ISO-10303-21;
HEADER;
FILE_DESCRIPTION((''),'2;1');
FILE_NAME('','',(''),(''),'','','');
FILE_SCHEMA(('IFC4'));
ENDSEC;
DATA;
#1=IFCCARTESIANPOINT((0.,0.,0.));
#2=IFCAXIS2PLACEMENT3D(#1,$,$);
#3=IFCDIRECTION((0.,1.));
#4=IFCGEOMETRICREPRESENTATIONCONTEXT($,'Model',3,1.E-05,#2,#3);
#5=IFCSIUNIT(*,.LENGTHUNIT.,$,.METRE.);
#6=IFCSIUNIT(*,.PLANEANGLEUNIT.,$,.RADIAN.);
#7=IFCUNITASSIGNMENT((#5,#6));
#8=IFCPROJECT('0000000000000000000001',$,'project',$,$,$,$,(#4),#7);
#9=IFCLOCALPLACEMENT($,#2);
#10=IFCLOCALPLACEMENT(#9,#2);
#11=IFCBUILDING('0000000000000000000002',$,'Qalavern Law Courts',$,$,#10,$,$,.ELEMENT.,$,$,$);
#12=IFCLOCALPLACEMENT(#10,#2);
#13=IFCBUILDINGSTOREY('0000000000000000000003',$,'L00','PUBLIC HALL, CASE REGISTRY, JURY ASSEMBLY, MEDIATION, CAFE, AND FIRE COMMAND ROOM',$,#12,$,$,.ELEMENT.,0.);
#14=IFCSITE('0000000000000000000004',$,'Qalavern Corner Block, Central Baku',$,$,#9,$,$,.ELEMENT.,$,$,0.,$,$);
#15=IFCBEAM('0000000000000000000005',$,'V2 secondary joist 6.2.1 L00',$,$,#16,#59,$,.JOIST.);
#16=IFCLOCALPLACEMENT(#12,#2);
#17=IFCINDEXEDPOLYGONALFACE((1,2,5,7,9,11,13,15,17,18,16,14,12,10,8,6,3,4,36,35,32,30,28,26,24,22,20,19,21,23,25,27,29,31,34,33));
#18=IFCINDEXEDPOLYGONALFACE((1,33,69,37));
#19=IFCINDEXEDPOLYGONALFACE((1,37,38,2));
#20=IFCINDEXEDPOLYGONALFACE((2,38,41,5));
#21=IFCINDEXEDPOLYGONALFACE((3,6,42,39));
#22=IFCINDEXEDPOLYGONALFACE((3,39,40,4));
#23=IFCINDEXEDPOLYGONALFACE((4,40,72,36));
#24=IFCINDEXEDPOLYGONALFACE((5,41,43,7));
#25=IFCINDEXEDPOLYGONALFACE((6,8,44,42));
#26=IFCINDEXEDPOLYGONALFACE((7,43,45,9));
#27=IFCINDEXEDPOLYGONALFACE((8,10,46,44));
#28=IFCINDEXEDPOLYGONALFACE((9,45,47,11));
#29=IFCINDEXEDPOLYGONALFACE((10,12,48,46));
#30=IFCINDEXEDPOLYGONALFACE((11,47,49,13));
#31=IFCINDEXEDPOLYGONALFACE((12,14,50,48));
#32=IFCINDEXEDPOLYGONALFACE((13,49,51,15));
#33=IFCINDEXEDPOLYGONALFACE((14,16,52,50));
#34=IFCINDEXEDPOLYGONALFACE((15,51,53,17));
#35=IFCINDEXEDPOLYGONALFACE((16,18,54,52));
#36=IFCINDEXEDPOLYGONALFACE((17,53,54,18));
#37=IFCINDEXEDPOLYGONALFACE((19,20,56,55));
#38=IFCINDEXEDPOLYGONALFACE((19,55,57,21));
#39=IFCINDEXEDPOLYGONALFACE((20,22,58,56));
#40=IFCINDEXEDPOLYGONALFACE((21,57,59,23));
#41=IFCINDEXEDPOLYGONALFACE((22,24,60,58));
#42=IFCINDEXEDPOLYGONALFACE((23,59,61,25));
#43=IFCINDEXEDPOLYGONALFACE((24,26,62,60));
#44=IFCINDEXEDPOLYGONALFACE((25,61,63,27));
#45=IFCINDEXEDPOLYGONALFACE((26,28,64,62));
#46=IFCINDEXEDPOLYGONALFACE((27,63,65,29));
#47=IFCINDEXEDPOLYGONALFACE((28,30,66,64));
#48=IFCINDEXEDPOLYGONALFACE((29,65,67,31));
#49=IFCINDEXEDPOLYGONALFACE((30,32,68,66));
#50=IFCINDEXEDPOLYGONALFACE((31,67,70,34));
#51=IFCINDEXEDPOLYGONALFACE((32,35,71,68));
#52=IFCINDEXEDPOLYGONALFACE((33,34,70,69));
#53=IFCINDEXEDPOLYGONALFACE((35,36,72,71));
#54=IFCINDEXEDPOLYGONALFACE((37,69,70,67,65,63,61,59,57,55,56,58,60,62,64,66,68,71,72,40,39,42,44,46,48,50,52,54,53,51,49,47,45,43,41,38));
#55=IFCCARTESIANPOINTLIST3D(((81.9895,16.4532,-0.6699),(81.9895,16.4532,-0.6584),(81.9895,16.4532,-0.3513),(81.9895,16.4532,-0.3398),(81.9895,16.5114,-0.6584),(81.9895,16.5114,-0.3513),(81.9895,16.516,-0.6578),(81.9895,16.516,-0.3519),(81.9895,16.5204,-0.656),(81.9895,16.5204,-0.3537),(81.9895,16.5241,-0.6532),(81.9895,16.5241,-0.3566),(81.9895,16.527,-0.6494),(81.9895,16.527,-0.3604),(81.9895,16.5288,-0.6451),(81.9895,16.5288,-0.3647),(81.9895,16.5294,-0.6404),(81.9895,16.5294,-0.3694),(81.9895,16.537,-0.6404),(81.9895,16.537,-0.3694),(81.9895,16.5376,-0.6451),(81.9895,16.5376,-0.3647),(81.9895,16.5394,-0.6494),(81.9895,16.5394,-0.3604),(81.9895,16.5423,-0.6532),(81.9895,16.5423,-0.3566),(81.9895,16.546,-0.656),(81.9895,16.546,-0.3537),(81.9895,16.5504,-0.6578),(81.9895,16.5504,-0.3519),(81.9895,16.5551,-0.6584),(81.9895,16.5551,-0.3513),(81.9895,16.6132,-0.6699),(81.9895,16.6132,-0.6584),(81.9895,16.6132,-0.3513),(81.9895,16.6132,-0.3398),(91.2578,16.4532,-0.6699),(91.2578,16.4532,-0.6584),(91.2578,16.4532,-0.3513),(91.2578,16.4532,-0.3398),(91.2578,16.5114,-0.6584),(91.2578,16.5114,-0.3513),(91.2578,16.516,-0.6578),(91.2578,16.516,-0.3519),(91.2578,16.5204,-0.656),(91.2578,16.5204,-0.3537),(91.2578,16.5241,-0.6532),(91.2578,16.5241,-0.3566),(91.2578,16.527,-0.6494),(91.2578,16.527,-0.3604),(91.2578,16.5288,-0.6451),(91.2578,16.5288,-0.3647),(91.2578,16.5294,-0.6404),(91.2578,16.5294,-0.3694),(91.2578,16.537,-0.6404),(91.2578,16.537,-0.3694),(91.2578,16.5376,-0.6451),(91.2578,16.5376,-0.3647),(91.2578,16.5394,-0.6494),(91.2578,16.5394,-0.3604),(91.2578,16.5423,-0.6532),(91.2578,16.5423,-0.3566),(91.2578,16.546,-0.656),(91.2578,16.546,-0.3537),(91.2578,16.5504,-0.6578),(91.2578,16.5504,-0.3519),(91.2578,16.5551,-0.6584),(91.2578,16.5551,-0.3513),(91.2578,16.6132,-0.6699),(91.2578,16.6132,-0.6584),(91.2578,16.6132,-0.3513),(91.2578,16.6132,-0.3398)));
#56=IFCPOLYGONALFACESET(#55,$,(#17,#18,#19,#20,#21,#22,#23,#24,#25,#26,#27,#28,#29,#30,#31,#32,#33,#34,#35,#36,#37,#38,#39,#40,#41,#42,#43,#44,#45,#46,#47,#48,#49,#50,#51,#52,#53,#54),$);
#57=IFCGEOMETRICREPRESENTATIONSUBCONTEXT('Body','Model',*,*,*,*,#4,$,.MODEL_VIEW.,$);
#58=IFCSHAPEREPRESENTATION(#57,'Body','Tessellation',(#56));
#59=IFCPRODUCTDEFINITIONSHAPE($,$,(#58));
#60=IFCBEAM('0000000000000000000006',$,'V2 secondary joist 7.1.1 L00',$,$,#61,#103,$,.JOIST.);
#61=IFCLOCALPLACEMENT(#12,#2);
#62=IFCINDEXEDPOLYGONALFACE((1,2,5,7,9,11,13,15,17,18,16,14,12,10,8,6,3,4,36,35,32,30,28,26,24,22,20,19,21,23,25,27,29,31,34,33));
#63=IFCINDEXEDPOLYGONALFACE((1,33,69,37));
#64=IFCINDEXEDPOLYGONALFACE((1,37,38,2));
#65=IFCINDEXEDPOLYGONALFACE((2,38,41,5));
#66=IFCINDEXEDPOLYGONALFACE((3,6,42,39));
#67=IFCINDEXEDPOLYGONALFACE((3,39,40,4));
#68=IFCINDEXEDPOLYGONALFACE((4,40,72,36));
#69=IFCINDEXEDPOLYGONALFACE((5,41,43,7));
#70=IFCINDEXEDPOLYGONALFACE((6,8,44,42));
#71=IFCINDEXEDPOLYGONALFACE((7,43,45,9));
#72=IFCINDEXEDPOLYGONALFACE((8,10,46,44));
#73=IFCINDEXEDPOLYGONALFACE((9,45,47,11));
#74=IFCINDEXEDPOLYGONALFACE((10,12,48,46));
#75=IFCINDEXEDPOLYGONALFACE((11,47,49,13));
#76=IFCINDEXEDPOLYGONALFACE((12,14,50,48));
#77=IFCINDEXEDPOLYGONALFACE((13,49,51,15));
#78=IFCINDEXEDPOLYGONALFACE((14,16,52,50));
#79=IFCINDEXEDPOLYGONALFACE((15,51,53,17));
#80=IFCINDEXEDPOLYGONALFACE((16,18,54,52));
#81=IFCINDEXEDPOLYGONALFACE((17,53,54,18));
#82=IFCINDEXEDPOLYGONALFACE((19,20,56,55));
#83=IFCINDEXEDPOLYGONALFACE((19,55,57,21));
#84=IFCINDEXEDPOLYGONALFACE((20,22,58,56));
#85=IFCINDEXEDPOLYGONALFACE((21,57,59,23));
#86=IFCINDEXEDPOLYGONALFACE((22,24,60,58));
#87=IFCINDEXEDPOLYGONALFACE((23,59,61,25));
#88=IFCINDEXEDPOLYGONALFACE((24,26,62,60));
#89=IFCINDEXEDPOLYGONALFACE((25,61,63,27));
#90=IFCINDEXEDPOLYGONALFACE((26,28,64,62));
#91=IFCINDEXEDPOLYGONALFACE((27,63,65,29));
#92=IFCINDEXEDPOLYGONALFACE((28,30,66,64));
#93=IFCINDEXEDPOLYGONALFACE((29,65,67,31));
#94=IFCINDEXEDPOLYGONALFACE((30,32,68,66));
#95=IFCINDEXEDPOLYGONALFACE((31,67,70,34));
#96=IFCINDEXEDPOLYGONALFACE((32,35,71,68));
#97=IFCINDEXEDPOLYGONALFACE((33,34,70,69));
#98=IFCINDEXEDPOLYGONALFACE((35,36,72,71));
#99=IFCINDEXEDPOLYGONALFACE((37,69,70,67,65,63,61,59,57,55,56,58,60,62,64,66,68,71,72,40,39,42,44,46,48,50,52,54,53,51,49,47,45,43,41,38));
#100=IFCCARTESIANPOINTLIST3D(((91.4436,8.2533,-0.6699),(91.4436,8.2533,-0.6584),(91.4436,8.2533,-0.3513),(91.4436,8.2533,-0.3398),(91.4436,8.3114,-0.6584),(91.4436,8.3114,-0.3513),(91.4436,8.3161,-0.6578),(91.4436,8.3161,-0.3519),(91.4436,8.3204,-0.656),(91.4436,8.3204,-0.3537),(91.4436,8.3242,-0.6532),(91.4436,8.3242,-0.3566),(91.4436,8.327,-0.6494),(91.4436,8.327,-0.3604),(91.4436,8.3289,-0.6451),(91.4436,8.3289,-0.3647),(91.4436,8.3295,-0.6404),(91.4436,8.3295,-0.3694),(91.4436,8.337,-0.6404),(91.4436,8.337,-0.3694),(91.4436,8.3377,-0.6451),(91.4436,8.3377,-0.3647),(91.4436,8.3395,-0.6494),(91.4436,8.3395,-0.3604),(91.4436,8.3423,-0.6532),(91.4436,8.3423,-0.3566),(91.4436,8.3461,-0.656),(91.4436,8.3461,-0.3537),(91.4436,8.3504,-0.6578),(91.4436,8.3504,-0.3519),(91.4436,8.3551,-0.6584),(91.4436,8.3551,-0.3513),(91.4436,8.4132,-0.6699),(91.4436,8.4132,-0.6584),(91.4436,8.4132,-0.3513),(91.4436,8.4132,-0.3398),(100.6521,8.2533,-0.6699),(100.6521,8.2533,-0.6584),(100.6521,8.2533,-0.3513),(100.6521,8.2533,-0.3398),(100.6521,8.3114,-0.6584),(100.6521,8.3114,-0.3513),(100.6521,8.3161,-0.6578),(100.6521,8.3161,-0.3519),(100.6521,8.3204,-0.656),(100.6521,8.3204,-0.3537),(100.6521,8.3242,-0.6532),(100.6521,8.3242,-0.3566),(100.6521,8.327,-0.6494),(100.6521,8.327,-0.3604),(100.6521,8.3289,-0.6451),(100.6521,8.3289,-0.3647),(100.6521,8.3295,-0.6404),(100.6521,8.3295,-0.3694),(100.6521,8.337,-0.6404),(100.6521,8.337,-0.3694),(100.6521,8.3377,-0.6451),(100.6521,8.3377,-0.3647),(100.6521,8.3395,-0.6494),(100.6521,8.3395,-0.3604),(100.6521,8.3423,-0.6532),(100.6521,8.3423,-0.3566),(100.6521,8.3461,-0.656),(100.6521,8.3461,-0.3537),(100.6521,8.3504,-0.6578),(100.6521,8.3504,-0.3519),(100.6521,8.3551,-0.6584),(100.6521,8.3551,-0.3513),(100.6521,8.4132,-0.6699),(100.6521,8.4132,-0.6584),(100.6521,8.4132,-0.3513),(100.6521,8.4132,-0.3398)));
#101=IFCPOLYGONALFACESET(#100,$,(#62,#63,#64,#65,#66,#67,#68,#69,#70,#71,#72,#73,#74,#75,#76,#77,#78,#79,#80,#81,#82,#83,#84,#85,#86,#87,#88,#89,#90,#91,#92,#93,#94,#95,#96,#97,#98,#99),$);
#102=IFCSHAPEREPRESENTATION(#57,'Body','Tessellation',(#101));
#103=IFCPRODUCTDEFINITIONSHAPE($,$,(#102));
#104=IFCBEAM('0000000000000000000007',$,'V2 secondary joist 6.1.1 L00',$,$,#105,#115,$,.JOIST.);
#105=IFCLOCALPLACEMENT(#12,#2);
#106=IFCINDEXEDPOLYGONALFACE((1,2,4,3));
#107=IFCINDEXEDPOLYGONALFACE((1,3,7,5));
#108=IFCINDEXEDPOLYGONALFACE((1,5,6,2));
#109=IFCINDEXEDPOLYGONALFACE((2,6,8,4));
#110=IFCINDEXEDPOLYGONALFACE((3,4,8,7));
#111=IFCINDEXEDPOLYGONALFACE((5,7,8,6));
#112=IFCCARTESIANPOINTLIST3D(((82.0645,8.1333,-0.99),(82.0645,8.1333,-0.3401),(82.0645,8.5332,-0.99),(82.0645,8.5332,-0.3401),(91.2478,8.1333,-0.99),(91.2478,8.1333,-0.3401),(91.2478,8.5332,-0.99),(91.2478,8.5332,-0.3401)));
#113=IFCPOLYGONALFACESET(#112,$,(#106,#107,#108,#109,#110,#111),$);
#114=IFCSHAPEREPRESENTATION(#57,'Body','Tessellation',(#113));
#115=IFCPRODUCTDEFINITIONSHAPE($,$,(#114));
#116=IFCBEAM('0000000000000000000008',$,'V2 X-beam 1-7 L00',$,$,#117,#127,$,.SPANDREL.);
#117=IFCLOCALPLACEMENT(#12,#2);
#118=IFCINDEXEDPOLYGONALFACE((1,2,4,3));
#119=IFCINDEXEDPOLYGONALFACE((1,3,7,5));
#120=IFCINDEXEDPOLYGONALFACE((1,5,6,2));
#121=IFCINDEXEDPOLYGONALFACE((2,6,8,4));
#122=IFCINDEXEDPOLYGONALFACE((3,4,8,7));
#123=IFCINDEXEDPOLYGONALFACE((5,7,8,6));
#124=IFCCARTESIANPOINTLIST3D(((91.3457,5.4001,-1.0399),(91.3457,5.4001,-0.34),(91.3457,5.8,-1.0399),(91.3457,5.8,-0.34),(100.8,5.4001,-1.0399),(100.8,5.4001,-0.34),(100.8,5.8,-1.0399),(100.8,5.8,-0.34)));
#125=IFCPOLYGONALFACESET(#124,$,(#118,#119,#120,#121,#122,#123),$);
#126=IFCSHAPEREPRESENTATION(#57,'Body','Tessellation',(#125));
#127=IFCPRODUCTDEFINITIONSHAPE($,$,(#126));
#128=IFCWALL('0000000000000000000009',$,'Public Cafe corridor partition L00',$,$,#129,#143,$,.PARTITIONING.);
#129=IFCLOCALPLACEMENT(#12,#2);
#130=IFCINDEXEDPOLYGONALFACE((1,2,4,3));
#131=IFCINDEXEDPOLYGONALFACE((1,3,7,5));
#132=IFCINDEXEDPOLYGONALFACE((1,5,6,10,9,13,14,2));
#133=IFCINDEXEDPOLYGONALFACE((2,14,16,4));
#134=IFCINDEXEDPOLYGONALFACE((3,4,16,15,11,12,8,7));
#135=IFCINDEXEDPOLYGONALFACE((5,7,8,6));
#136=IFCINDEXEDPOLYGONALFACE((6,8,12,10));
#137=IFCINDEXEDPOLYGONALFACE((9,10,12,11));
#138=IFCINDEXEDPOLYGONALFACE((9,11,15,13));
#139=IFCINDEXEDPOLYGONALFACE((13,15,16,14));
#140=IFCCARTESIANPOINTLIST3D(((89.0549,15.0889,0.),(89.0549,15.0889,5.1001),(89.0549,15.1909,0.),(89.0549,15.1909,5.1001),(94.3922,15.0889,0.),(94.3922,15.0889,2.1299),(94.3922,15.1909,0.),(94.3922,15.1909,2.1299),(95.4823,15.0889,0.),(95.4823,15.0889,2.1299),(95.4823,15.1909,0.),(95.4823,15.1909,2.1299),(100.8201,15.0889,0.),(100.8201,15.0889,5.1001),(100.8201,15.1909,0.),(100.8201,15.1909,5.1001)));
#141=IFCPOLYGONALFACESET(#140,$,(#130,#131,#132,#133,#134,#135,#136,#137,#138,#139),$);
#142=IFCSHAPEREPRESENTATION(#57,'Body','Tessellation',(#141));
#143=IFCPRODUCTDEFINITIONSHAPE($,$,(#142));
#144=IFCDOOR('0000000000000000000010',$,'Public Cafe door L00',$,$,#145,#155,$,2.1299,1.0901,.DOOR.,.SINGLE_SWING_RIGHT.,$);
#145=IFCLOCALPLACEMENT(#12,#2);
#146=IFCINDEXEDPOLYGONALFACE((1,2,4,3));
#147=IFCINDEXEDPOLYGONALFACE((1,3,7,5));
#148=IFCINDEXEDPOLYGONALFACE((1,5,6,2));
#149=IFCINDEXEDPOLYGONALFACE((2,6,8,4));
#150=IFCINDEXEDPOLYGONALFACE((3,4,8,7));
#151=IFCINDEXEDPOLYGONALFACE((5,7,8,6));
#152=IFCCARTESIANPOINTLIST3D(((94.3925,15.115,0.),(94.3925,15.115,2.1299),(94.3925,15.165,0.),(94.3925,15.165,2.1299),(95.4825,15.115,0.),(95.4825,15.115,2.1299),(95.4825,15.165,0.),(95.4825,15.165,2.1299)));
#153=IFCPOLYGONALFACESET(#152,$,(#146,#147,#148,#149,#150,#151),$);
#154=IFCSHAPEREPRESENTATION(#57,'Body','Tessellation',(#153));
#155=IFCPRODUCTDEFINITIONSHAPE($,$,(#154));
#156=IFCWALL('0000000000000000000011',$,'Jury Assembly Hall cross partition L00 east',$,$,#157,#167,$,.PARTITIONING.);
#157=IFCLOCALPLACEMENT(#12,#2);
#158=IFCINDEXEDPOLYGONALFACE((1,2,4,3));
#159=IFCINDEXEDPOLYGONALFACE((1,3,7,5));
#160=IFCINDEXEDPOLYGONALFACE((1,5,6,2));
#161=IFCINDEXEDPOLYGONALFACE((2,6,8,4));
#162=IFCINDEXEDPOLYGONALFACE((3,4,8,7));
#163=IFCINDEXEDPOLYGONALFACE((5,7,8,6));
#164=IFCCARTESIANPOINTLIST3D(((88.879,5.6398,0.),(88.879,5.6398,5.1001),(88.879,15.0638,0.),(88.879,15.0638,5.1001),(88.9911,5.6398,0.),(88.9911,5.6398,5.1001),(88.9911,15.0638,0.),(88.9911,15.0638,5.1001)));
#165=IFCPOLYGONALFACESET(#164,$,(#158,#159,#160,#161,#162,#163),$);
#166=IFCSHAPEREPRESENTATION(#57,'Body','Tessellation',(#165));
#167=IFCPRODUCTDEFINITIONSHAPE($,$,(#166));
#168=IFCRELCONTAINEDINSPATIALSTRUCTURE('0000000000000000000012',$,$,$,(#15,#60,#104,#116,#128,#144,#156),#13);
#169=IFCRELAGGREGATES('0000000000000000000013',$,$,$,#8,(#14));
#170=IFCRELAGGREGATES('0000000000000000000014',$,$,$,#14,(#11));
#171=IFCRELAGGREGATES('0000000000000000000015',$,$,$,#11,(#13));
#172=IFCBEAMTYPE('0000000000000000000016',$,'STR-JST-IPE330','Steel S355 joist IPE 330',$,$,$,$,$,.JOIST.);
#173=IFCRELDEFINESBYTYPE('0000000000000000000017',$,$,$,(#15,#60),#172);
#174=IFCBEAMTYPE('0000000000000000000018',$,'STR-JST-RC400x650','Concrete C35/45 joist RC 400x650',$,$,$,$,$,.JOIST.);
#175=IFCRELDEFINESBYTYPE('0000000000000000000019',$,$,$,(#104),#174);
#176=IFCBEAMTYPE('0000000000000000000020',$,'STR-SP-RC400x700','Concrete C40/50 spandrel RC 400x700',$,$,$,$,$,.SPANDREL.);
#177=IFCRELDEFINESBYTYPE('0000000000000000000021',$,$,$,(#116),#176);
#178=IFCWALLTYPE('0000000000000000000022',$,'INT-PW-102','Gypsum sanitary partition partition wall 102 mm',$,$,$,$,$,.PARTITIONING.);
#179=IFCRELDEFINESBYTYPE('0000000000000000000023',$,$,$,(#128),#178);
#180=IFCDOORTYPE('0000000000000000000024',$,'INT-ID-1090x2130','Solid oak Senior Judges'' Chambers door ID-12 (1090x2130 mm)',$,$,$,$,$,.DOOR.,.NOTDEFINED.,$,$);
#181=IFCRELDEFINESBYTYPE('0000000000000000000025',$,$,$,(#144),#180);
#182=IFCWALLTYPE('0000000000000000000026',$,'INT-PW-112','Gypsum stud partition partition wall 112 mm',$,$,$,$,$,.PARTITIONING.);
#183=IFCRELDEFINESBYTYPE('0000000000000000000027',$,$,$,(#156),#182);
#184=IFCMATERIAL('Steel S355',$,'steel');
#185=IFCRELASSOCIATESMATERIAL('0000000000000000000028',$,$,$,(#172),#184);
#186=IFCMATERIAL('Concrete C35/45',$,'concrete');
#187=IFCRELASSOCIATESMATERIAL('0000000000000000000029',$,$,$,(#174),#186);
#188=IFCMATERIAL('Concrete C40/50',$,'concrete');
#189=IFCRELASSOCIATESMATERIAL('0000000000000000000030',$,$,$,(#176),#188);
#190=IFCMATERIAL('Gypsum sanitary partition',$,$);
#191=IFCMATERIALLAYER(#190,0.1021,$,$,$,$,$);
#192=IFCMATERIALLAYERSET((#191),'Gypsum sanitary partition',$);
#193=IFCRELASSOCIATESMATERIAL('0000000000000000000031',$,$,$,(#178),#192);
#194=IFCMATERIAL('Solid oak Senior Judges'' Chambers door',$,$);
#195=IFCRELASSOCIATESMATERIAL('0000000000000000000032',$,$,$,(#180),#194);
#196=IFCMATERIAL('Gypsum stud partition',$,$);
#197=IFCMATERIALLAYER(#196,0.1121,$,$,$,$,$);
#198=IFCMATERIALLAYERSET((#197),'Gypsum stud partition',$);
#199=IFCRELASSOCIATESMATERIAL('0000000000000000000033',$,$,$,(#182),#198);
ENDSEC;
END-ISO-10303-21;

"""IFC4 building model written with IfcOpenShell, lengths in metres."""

from ifc_helpers import new_model, si_unit, direction, frame, frame_2d, origin, origin_2d, place, context, subcontext, project, spatial, rectangle, i_section, extrude, material, layer, layer_set, material_profile, profile_set, type_object, element, fill, save


model = new_model("IFC4")

# Units and contexts
model_context = context("Model", 3, precision=1e-05, world=origin(), true_north=direction((0.0, 1.0)))
body_context = subcontext(model_context, "Body", "Model", "MODEL_VIEW")
ifc_project = project(units=[si_unit("LENGTHUNIT", "METRE"), si_unit("PLANEANGLEUNIT", "RADIAN")], contexts=[model_context])

# Site, building, storey
site_placement = place(None, origin())
site = spatial("IfcSite", under=ifc_project, at=site_placement, Name="Qalavern Corner Block, Central Baku", CompositionType="ELEMENT", RefElevation=0.0)
building_placement = place(site_placement, origin())
building = spatial("IfcBuilding", under=site, at=building_placement, Name="Qalavern Law Courts", CompositionType="ELEMENT")
storey_placement = place(building_placement, origin())
storey = spatial("IfcBuildingStorey", under=building, at=storey_placement, Name="L00", Description="PUBLIC HALL, CASE REGISTRY, JURY ASSEMBLY, MEDIATION, CAFE, AND FIRE COMMAND ROOM", CompositionType="ELEMENT", Elevation=0.0)

# Beams
ifc_material_1 = material(Name="Steel S355", Category="steel")
ifc_material_2 = material(Name="Concrete C40/50", Category="concrete")
ifc_material_profile_1 = material_profile(ifc_material_1, i_section(OverallWidth=0.1599, OverallDepth=0.3301, WebThickness=0.0076, FlangeThickness=0.0115, FilletRadius=0.0181, at=origin_2d()), Name="IPE 330")
ifc_profile_set_1 = profile_set([ifc_material_profile_1], Name="Steel S355")
beam_type_1 = type_object("IfcBeamType", Name="STR-JST-IPE330", Description="Steel S355 joist IPE 330", PredefinedType="JOIST", material=ifc_profile_set_1)
beam_1_placement = place(storey_placement, frame((81.9895, 16.5332, -0.5049), z_axis=(1.0, 0.0, 0.0), x_axis=(0.0, 1.0, 0.0)))
element("IfcBeam", 1, at=beam_1_placement, inside=storey, type_object=beam_type_1, Name="V2 secondary joist 6.2.1 L00", PredefinedType="JOIST", context=body_context, shape_type="SweptSolid", body=[
    extrude(i_section(OverallWidth=0.1599, OverallDepth=0.3301, WebThickness=0.0076, FlangeThickness=0.0115, FilletRadius=0.0181, at=origin_2d()), origin(), (0.0, 0.0, 1.0), 9.2683),
])
beam_2_placement = place(storey_placement, frame((91.4436, 8.3333, -0.5049), z_axis=(1.0, 0.0, 0.0), x_axis=(0.0, 1.0, 0.0)))
element("IfcBeam", 2, at=beam_2_placement, inside=storey, type_object=beam_type_1, Name="V2 secondary joist 7.1.1 L00", PredefinedType="JOIST", context=body_context, shape_type="SweptSolid", body=[
    extrude(i_section(OverallWidth=0.1599, OverallDepth=0.3301, WebThickness=0.0076, FlangeThickness=0.0115, FilletRadius=0.0181, at=origin_2d()), origin(), (0.0, 0.0, 1.0), 9.2085),
])
ifc_material_3 = material(Name="Concrete C35/45", Category="concrete")
ifc_material_profile_2 = material_profile(ifc_material_3, rectangle(XDim=0.3999, YDim=0.6499, at=origin_2d()), Name="RC 400x650")
ifc_profile_set_2 = profile_set([ifc_material_profile_2], Name="Concrete C35/45")
beam_type_2 = type_object("IfcBeamType", Name="STR-JST-RC400x650", Description="Concrete C35/45 joist RC 400x650", PredefinedType="JOIST", material=ifc_profile_set_2)
beam_3_placement = place(storey_placement, frame((82.0645, 8.3333, -0.665), z_axis=(1.0, 0.0, 0.0), x_axis=(0.0, 1.0, 0.0)))
element("IfcBeam", 3, at=beam_3_placement, inside=storey, type_object=beam_type_2, Name="V2 secondary joist 6.1.1 L00", PredefinedType="JOIST", context=body_context, shape_type="SweptSolid", body=[
    extrude(rectangle(XDim=0.3999, YDim=0.6499, at=origin_2d()), origin(), (0.0, 0.0, 1.0), 9.1833),
])
ifc_material_profile_3 = material_profile(ifc_material_2, rectangle(XDim=0.3999, YDim=0.7, at=origin_2d()), Name="RC 400x700")
ifc_profile_set_3 = profile_set([ifc_material_profile_3], Name="Concrete C40/50")
beam_type_3 = type_object("IfcBeamType", Name="STR-SP-RC400x700", Description="Concrete C40/50 spandrel RC 400x700", PredefinedType="SPANDREL", material=ifc_profile_set_3)
beam_4_placement = place(storey_placement, frame((91.3457, 5.6001, -0.6899), z_axis=(1.0, 0.0, 0.0), x_axis=(0.0, 1.0, 0.0)))
element("IfcBeam", 4, at=beam_4_placement, inside=storey, type_object=beam_type_3, Name="V2 X-beam 1-7 L00", PredefinedType="SPANDREL", context=body_context, shape_type="SweptSolid", body=[
    extrude(rectangle(XDim=0.3999, YDim=0.7, at=origin_2d()), origin(), (0.0, 0.0, 1.0), 9.4543),
])

# Wall, opening, door
ifc_material_4 = material(Name="Gypsum sanitary partition")
ifc_layer_1 = layer(ifc_material_4, 0.1021)
ifc_layer_set_1 = layer_set([ifc_layer_1], Name="Gypsum sanitary partition")
wall_type_1 = type_object("IfcWallType", Name="INT-PW-102", Description="Gypsum sanitary partition partition wall 102 mm", PredefinedType="PARTITIONING", material=ifc_layer_set_1)
wall_1_placement = place(storey_placement, frame((89.0549, 15.1399, 0.0), z_axis=(0.0, 0.0, 1.0), x_axis=(1.0, 0.0, 0.0)))
wall_1 = element("IfcWall", 5, at=wall_1_placement, inside=storey, type_object=wall_type_1, Name="Public Cafe corridor partition L00", PredefinedType="PARTITIONING", context=body_context, shape_type="SweptSolid", body=[
    extrude(rectangle(XDim=11.7651, YDim=0.1021, at=frame_2d((5.8826, 0.0))), origin(), (0.0, 0.0, 1.0), 5.1001),
])
opening_placement = place(wall_1_placement, frame((5.3374, 0.0, 0.0)))
opening = element("IfcOpeningElement", 6, at=opening_placement, cuts=wall_1, PredefinedType="OPENING", context=body_context, shape_type="SweptSolid", body=[
    extrude(rectangle(XDim=1.0901, YDim=2.1299, at=frame_2d((0.5449, 1.0649))), frame((0.0, 0.0659, 0.0), z_axis=(0.0, -1.0, 0.0), x_axis=(1.0, 0.0, 0.0)), (0.0, 0.0, 1.0), 0.1318),
])
ifc_material_5 = material(Name="Solid oak Senior Judges' Chambers door")
door_type = type_object("IfcDoorType", Name="INT-ID-1090x2130", Description="Solid oak Senior Judges' Chambers door ID-12 (1090x2130 mm)", OperationType="NOTDEFINED", PredefinedType="DOOR", material=ifc_material_5)
door_placement = place(opening_placement, frame((1.0901, 0.0, 0.0), z_axis=(0.0, 0.0, 1.0), x_axis=(-1.0, 0.0, 0.0)))
door = element("IfcDoor", 7, at=door_placement, inside=storey, type_object=door_type, Name="Public Cafe door L00", OperationType="SINGLE_SWING_RIGHT", OverallHeight=2.1299, OverallWidth=1.0901, PredefinedType="DOOR", context=body_context, shape_type="SweptSolid", body=[
    extrude(rectangle(XDim=1.0901, YDim=2.1299, at=frame_2d((0.5449, 1.0649))), frame((0.0, 0.0249, 0.0), z_axis=(0.0, -1.0, 0.0), x_axis=(1.0, 0.0, 0.0)), (0.0, 0.0, 1.0), 0.05),
])
fill(opening, door)

# Wall
ifc_material_6 = material(Name="Gypsum stud partition")
ifc_layer_2 = layer(ifc_material_6, 0.1121)
ifc_layer_set_2 = layer_set([ifc_layer_2], Name="Gypsum stud partition")
wall_type_2 = type_object("IfcWallType", Name="INT-PW-112", Description="Gypsum stud partition partition wall 112 mm", PredefinedType="PARTITIONING", material=ifc_layer_set_2)
wall_2_placement = place(storey_placement, frame((88.9351, 5.6399, 0.0), z_axis=(0.0, 0.0, 1.0), x_axis=(0.0, 1.0, 0.0)))
element("IfcWall", 8, at=wall_2_placement, inside=storey, type_object=wall_type_2, Name="Jury Assembly Hall cross partition L00 east", PredefinedType="PARTITIONING", context=body_context, shape_type="SweptSolid", body=[
    extrude(rectangle(XDim=9.4241, YDim=0.1121, at=frame_2d((4.7119, 0.0))), origin(), (0.0, 0.0, 1.0), 5.1001),
])

save(model, "model.ifc")
